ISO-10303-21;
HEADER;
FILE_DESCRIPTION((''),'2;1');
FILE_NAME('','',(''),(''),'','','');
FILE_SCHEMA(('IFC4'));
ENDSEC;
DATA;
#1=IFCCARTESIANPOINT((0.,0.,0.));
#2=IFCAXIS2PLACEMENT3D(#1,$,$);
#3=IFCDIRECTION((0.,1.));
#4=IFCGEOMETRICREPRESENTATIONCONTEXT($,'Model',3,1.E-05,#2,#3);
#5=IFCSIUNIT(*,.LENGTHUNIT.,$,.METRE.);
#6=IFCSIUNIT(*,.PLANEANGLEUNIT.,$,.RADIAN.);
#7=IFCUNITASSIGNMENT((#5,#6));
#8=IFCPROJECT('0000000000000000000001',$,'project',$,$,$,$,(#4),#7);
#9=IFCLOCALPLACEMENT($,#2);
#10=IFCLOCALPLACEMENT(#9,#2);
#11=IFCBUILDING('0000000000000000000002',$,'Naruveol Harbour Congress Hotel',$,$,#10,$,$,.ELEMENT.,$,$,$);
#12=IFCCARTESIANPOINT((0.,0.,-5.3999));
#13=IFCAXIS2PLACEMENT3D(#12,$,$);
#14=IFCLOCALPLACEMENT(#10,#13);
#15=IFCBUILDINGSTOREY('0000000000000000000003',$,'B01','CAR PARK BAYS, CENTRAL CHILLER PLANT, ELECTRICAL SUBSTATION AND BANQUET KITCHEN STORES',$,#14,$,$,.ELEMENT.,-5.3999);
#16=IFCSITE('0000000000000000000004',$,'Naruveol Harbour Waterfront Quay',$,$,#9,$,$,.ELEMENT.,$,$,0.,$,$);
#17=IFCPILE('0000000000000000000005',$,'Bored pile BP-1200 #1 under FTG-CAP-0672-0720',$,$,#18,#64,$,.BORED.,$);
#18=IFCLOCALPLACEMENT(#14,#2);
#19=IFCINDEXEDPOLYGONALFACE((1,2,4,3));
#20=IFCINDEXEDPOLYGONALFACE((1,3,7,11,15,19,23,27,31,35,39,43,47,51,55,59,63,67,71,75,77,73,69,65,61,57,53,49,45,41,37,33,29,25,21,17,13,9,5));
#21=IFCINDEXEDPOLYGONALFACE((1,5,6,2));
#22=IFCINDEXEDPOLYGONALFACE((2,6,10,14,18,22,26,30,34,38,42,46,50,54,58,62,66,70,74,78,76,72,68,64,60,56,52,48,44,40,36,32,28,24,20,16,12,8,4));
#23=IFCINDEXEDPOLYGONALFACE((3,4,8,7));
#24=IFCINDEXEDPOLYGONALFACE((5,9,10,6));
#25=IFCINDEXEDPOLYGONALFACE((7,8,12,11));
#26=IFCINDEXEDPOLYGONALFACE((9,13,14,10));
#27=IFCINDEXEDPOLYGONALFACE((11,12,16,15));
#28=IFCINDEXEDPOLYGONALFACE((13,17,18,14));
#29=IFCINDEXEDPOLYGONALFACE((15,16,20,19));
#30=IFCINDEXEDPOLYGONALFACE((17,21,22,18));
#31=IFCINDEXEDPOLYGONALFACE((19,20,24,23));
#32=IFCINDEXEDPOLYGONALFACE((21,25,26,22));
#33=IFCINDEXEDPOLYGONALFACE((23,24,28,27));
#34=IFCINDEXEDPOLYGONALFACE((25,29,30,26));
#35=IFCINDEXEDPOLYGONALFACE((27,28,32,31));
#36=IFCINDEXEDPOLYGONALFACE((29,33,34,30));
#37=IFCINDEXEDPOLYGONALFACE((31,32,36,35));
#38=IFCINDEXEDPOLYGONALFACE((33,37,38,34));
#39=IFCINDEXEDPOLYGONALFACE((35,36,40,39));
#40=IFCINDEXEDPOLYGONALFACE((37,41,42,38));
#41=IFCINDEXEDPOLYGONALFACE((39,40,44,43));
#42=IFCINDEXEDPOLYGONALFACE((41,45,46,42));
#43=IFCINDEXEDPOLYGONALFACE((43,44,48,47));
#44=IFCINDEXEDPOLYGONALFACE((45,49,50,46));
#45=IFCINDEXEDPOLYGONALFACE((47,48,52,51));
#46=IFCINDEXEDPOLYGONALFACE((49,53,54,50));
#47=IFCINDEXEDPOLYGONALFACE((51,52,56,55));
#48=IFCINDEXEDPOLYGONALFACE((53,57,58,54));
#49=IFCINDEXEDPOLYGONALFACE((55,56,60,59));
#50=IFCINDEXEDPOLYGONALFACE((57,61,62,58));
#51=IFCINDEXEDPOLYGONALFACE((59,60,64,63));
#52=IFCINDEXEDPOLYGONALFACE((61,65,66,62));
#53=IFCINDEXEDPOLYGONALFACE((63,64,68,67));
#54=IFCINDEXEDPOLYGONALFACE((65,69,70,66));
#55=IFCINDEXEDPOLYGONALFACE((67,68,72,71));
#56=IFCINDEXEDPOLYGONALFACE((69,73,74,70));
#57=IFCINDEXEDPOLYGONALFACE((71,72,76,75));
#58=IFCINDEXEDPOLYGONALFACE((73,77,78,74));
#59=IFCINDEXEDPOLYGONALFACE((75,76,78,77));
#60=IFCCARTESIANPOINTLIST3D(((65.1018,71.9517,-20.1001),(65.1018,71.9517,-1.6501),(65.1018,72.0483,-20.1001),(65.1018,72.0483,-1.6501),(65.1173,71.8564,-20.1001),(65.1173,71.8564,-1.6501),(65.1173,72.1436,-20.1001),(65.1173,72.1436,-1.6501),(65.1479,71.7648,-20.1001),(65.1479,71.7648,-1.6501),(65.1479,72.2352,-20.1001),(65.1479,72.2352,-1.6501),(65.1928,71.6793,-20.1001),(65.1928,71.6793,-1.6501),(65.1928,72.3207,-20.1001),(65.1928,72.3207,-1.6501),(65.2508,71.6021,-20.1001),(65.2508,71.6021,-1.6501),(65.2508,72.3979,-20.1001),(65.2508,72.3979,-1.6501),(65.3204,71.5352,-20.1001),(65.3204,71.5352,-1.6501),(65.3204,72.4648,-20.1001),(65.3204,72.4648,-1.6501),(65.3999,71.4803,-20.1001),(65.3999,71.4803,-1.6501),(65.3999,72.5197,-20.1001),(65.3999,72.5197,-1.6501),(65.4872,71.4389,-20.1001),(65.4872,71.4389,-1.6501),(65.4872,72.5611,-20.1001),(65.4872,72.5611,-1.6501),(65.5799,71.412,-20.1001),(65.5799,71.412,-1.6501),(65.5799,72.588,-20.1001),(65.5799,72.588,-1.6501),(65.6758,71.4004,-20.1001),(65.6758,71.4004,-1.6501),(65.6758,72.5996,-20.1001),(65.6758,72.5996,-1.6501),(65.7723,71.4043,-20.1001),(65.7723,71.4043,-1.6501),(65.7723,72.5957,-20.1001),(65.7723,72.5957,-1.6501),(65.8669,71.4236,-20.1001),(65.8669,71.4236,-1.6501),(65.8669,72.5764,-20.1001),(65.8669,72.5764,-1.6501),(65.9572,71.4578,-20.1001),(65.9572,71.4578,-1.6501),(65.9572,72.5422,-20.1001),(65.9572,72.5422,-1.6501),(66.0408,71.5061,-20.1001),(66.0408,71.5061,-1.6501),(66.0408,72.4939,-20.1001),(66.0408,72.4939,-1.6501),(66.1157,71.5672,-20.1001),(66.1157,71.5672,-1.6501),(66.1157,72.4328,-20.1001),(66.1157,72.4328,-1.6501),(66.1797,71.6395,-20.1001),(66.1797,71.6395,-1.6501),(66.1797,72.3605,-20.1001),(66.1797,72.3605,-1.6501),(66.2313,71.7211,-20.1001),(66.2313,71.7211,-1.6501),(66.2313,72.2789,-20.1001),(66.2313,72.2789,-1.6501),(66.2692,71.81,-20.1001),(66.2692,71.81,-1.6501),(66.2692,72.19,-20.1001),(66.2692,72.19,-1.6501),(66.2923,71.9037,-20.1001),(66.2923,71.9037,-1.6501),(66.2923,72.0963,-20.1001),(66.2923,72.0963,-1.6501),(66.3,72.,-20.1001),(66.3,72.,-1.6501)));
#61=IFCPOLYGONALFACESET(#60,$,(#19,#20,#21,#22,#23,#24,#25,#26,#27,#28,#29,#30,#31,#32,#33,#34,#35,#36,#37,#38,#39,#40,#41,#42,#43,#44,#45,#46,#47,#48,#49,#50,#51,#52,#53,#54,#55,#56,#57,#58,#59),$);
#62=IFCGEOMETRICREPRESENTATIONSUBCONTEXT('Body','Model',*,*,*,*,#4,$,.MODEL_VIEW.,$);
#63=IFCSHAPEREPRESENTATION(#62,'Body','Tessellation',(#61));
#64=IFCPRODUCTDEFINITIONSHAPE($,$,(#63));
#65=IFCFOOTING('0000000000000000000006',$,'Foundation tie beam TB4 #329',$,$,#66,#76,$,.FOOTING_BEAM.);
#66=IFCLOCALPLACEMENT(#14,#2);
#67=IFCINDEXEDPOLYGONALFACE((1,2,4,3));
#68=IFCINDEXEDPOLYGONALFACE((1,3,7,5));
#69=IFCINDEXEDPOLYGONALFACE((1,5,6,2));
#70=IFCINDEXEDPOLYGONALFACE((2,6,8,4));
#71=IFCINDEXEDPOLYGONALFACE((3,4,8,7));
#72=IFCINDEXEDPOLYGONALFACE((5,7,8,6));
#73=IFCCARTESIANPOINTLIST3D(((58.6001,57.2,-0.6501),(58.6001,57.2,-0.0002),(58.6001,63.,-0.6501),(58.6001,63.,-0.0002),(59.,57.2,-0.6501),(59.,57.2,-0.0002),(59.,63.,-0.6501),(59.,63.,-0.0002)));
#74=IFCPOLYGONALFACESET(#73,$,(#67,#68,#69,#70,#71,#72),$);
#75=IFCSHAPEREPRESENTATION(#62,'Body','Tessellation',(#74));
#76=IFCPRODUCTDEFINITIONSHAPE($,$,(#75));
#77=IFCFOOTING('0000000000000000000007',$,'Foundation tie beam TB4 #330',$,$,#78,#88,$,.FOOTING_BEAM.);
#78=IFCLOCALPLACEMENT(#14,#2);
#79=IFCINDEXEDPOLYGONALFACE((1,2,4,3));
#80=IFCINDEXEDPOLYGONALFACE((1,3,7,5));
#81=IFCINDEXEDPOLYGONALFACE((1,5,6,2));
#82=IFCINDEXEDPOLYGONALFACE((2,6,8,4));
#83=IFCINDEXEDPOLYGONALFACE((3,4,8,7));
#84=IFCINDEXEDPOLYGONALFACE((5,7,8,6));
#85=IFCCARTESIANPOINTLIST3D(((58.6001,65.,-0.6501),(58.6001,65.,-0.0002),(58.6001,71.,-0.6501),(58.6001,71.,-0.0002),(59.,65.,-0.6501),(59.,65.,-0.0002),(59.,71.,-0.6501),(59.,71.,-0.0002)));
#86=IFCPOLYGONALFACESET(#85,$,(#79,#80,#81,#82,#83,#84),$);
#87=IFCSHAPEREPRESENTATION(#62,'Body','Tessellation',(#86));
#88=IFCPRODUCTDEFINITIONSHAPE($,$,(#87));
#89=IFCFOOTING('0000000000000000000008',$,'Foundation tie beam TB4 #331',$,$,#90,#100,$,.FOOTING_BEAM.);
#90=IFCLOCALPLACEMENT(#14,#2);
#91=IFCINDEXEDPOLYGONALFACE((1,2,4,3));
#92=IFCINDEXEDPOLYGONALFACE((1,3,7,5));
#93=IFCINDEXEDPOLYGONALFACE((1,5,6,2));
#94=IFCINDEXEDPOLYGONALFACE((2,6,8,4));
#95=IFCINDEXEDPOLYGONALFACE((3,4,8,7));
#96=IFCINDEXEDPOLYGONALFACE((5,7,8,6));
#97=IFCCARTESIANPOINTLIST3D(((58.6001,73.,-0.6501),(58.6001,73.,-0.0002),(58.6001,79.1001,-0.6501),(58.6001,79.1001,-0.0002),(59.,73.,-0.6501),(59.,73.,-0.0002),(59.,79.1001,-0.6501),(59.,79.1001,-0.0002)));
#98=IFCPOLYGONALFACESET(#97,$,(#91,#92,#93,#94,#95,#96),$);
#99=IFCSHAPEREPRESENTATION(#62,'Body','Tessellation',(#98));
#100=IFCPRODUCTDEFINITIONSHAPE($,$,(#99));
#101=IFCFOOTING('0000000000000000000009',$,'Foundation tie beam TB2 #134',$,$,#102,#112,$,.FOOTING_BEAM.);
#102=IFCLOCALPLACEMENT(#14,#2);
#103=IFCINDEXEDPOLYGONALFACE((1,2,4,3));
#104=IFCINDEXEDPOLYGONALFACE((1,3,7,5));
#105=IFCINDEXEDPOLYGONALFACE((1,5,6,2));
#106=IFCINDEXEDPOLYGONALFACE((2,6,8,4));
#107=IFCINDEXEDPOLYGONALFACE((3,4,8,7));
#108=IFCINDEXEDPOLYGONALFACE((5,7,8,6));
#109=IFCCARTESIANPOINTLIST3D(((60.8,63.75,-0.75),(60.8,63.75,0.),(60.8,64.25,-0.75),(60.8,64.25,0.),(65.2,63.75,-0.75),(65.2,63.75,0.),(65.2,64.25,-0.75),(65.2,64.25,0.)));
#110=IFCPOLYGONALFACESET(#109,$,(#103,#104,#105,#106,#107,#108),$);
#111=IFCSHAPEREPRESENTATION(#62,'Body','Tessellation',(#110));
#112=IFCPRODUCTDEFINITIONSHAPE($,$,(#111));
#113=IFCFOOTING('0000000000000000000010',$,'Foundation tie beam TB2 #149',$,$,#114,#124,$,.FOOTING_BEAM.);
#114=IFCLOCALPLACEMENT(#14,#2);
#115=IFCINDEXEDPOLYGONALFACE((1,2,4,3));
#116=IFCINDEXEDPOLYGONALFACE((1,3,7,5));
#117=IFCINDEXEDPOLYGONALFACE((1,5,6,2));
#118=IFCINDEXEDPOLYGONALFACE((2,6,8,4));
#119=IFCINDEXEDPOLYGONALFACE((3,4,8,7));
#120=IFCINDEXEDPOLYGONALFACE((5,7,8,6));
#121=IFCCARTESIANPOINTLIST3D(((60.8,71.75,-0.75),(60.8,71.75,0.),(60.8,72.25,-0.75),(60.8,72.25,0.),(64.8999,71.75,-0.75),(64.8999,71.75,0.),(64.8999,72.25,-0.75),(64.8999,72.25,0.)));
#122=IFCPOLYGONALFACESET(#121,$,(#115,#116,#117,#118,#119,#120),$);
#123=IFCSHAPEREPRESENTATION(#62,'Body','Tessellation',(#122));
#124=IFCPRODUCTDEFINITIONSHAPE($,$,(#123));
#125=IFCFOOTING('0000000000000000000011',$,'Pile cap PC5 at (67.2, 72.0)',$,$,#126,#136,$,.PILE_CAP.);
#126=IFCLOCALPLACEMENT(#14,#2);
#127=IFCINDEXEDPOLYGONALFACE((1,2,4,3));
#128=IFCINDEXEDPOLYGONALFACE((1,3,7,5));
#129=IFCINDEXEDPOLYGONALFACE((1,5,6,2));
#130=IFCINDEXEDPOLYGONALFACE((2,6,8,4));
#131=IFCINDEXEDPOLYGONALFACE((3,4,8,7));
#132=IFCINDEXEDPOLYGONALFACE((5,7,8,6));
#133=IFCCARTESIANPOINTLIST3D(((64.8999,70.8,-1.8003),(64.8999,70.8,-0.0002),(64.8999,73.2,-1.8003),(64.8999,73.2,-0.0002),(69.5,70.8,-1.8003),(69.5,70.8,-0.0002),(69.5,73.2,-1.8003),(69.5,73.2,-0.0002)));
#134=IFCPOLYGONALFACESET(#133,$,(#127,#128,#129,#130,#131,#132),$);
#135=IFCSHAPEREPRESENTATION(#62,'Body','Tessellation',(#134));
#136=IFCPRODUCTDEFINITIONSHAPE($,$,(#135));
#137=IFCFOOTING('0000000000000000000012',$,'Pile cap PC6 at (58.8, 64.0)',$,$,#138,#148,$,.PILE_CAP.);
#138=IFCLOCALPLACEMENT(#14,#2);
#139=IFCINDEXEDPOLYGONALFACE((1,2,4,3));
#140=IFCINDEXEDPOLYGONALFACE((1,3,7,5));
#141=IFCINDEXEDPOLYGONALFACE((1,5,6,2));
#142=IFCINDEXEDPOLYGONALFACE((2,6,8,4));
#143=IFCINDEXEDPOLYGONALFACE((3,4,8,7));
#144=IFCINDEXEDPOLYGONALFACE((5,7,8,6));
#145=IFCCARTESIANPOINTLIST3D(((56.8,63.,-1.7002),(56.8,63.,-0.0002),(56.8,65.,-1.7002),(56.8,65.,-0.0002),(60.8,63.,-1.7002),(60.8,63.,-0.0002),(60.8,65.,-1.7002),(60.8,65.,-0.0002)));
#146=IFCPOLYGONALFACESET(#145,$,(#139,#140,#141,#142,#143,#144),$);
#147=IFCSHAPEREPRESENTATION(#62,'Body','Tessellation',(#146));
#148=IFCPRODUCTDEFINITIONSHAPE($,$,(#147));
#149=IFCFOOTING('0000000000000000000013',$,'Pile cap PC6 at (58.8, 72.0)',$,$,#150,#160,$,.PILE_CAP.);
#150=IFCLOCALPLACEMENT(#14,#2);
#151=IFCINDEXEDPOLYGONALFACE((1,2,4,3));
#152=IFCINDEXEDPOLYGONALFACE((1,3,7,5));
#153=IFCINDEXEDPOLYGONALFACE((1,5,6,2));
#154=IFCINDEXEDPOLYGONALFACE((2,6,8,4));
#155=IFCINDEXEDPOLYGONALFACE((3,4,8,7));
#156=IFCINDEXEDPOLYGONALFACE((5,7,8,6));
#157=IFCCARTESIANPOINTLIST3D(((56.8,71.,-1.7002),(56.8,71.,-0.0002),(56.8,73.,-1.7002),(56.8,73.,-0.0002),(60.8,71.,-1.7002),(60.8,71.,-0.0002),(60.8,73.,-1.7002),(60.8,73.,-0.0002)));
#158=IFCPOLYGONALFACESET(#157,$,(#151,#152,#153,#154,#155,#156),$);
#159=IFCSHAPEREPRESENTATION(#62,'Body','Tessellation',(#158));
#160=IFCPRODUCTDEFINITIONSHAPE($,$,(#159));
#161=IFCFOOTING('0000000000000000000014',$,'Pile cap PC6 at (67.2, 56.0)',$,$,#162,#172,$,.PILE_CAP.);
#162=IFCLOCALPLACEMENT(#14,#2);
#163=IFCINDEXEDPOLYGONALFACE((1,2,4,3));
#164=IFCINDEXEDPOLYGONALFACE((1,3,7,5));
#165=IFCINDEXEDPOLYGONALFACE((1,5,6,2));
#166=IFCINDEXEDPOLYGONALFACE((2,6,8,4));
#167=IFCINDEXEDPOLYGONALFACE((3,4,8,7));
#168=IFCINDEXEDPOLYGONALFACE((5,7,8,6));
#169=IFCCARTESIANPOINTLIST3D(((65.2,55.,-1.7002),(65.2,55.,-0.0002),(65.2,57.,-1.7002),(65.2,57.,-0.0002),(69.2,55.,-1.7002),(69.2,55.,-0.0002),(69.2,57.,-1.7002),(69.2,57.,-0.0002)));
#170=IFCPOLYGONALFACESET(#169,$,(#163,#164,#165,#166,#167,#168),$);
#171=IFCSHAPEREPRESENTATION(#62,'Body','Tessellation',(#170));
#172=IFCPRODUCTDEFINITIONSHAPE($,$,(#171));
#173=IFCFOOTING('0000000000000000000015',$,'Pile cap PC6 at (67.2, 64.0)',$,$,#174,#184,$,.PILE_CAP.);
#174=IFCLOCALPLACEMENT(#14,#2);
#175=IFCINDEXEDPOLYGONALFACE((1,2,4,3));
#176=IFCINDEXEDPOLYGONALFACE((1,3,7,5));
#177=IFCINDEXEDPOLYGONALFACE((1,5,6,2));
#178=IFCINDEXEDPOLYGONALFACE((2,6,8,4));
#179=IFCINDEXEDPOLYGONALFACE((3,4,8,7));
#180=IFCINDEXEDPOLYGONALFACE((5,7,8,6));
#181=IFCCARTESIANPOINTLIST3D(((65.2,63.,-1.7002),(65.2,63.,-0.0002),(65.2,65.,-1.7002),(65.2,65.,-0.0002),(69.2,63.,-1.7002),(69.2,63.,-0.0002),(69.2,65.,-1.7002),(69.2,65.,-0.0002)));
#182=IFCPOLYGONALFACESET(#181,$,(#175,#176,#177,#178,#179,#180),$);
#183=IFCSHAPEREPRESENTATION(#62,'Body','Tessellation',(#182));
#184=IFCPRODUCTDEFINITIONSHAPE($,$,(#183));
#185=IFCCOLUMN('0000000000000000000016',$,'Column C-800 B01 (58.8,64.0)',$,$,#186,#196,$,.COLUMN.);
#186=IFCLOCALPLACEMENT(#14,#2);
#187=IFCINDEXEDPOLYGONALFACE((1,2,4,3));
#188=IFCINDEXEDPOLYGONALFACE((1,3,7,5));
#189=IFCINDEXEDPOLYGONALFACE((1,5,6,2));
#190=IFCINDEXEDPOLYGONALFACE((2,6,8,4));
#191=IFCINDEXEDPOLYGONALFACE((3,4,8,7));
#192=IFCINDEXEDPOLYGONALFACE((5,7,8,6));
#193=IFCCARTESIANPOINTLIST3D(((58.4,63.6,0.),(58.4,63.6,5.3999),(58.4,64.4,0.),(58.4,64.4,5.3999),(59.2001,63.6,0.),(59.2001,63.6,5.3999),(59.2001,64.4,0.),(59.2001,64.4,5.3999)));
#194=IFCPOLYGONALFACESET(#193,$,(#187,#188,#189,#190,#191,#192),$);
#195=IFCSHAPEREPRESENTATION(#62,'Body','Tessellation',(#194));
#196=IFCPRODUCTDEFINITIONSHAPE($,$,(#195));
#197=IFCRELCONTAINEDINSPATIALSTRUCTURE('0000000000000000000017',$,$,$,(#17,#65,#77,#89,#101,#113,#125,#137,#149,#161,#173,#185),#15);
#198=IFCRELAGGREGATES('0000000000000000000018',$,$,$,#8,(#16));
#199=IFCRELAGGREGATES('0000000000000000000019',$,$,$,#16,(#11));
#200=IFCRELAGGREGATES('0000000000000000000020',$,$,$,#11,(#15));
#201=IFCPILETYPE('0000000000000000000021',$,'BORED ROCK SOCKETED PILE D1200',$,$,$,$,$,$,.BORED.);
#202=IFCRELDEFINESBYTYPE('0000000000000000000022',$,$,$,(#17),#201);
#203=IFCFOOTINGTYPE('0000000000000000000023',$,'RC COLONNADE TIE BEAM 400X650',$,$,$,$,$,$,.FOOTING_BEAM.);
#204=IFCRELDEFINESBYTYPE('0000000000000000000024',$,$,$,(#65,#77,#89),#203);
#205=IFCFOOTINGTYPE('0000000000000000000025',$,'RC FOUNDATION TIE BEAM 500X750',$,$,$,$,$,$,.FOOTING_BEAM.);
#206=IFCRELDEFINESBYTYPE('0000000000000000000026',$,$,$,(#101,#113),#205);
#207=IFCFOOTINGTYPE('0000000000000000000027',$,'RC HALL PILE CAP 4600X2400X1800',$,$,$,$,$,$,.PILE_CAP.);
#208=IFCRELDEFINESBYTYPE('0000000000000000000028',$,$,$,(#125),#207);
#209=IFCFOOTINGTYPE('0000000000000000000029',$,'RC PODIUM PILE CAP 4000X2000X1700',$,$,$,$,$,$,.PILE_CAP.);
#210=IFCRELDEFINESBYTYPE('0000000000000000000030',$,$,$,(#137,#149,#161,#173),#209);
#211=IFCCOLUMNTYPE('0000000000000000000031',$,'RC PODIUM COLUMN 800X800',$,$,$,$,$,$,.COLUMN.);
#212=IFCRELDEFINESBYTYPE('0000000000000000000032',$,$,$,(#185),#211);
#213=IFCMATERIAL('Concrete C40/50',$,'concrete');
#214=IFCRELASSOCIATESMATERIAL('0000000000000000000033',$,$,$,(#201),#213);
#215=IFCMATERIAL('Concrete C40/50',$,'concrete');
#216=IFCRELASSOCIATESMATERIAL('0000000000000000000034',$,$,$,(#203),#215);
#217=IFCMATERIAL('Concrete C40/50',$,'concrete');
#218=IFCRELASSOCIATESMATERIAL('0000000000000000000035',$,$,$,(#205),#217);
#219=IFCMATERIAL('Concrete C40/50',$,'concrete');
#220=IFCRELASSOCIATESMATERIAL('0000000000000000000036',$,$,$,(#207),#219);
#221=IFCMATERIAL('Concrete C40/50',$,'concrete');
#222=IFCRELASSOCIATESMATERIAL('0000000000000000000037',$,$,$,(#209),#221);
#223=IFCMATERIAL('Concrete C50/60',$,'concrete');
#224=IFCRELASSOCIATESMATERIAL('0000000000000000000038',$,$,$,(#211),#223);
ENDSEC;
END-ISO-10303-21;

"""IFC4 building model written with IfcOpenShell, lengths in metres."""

from ifc_helpers import new_model, si_unit, direction, frame, origin, origin_2d, place, context, subcontext, project, spatial, rectangle, circle, extrude, material, material_profile, profile_set, type_object, element, save


model = new_model("IFC4")

# Units and contexts
model_context = context("Model", 3, precision=1e-05, world=origin(), true_north=direction((0.0, 1.0)))
body_context = subcontext(model_context, "Body", "Model", "MODEL_VIEW")
ifc_project = project(units=[si_unit("LENGTHUNIT", "METRE"), si_unit("PLANEANGLEUNIT", "RADIAN")], contexts=[model_context])

# Site, building, storey
site_placement = place(None, origin())
site = spatial("IfcSite", under=ifc_project, at=site_placement, Name="Naruveol Harbour Waterfront Quay", CompositionType="ELEMENT", RefElevation=0.0)
building_placement = place(site_placement, origin())
building = spatial("IfcBuilding", under=site, at=building_placement, Name="Naruveol Harbour Congress Hotel", CompositionType="ELEMENT")
storey_placement = place(building_placement, frame((0.0, 0.0, -5.3999)))
storey = spatial("IfcBuildingStorey", under=building, at=storey_placement, Name="B01", Description="CAR PARK BAYS, CENTRAL CHILLER PLANT, ELECTRICAL SUBSTATION AND BANQUET KITCHEN STORES", CompositionType="ELEMENT", Elevation=-5.3999)

# Pile
ifc_material_1 = material(Name="Concrete C40/50", Category="concrete")
ifc_material_profile_1 = material_profile(ifc_material_1, circle(Radius=0.6001, at=origin_2d()), Name="BP-1200")
ifc_profile_set_1 = profile_set([ifc_material_profile_1], Name="Concrete C40/50")
pile_type_1 = type_object("IfcPileType", Name="BORED ROCK SOCKETED PILE D1200", PredefinedType="BORED", material=ifc_profile_set_1)
pile_placement = place(storey_placement, frame((65.7, 72.0, -1.6501), z_axis=(0.0, 0.0, -1.0), x_axis=(1.0, 0.0, 0.0)))
element("IfcPile", 1, at=pile_placement, inside=storey, type_object=pile_type_1, Name="Bored pile BP-1200 #1 under FTG-CAP-0672-0720", PredefinedType="BORED", context=body_context, shape_type="SweptSolid", body=[
    extrude(circle(Radius=0.6001, at=origin_2d()), origin(), (0.0, 0.0, 1.0), 18.45),
])

# Footings
ifc_material_2 = material(Name="Concrete C40/50", Category="concrete")
ifc_material_profile_2 = material_profile(ifc_material_2, rectangle(XDim=0.3999, YDim=0.6499, at=origin_2d()), Name="RCB-400x650")
ifc_profile_set_2 = profile_set([ifc_material_profile_2], Name="Concrete C40/50")
footing_type_1 = type_object("IfcFootingType", Name="RC COLONNADE TIE BEAM 400X650", PredefinedType="FOOTING_BEAM", material=ifc_profile_set_2)
footing_1_placement = place(storey_placement, frame((58.8, 57.2, -0.3252), z_axis=(0.0, 1.0, 0.0), x_axis=(-1.0, 0.0, 0.0)))
element("IfcFooting", 2, at=footing_1_placement, inside=storey, type_object=footing_type_1, Name="Foundation tie beam TB4 #329", PredefinedType="FOOTING_BEAM", context=body_context, shape_type="SweptSolid", body=[
    extrude(rectangle(XDim=0.3999, YDim=0.6499, at=origin_2d()), origin(), (0.0, 0.0, 1.0), 5.8),
])
footing_2_placement = place(storey_placement, frame((58.8, 65.0, -0.3252), z_axis=(0.0, 1.0, 0.0), x_axis=(-1.0, 0.0, 0.0)))
element("IfcFooting", 3, at=footing_2_placement, inside=storey, type_object=footing_type_1, Name="Foundation tie beam TB4 #330", PredefinedType="FOOTING_BEAM", context=body_context, shape_type="SweptSolid", body=[
    extrude(rectangle(XDim=0.3999, YDim=0.6499, at=origin_2d()), origin(), (0.0, 0.0, 1.0), 6.0),
])
footing_3_placement = place(storey_placement, frame((58.8, 73.0, -0.3252), z_axis=(0.0, 1.0, 0.0), x_axis=(-1.0, 0.0, 0.0)))
element("IfcFooting", 4, at=footing_3_placement, inside=storey, type_object=footing_type_1, Name="Foundation tie beam TB4 #331", PredefinedType="FOOTING_BEAM", context=body_context, shape_type="SweptSolid", body=[
    extrude(rectangle(XDim=0.3999, YDim=0.6499, at=origin_2d()), origin(), (0.0, 0.0, 1.0), 6.1001),
])
ifc_material_3 = material(Name="Concrete C40/50", Category="concrete")
ifc_material_profile_3 = material_profile(ifc_material_3, rectangle(XDim=0.5, YDim=0.75, at=origin_2d()), Name="RCB-500x750")
ifc_profile_set_3 = profile_set([ifc_material_profile_3], Name="Concrete C40/50")
footing_type_2 = type_object("IfcFootingType", Name="RC FOUNDATION TIE BEAM 500X750", PredefinedType="FOOTING_BEAM", material=ifc_profile_set_3)
footing_4_placement = place(storey_placement, frame((60.8, 64.0, -0.375), z_axis=(1.0, 0.0, 0.0), x_axis=(0.0, 1.0, 0.0)))
element("IfcFooting", 5, at=footing_4_placement, inside=storey, type_object=footing_type_2, Name="Foundation tie beam TB2 #134", PredefinedType="FOOTING_BEAM", context=body_context, shape_type="SweptSolid", body=[
    extrude(rectangle(XDim=0.5, YDim=0.75, at=origin_2d()), origin(), (0.0, 0.0, 1.0), 4.3999),
])
footing_5_placement = place(storey_placement, frame((60.8, 72.0, -0.375), z_axis=(1.0, 0.0, 0.0), x_axis=(0.0, 1.0, 0.0)))
element("IfcFooting", 6, at=footing_5_placement, inside=storey, type_object=footing_type_2, Name="Foundation tie beam TB2 #149", PredefinedType="FOOTING_BEAM", context=body_context, shape_type="SweptSolid", body=[
    extrude(rectangle(XDim=0.5, YDim=0.75, at=origin_2d()), origin(), (0.0, 0.0, 1.0), 4.0999),
])
ifc_material_4 = material(Name="Concrete C40/50", Category="concrete")
footing_type_3 = type_object("IfcFootingType", Name="RC HALL PILE CAP 4600X2400X1800", PredefinedType="PILE_CAP", material=ifc_material_4)
footing_6_placement = place(storey_placement, frame((67.2, 72.0, -1.8003), z_axis=(0.0, 0.0, 1.0), x_axis=(1.0, 0.0, 0.0)))
element("IfcFooting", 7, at=footing_6_placement, inside=storey, type_object=footing_type_3, Name="Pile cap PC5 at (67.2, 72.0)", PredefinedType="PILE_CAP", context=body_context, shape_type="SweptSolid", body=[
    extrude(rectangle(XDim=4.6001, YDim=2.3999, at=origin_2d()), origin(), (0.0, 0.0, 1.0), 1.8),
])
ifc_material_5 = material(Name="Concrete C40/50", Category="concrete")
footing_type_4 = type_object("IfcFootingType", Name="RC PODIUM PILE CAP 4000X2000X1700", PredefinedType="PILE_CAP", material=ifc_material_5)
for number, where, z_axis, x_axis, name in (
    (8, (58.8, 64.0, -1.7002), (0.0, 0.0, 1.0), (1.0, 0.0, 0.0), "Pile cap PC6 at (58.8, 64.0)"),
    (9, (58.8, 72.0, -1.7002), (0.0, 0.0, 1.0), (1.0, 0.0, 0.0), "Pile cap PC6 at (58.8, 72.0)"),
    (10, (67.2, 56.0, -1.7002), (0.0, 0.0, 1.0), (1.0, 0.0, 0.0), "Pile cap PC6 at (67.2, 56.0)"),
    (11, (67.2, 64.0, -1.7002), (0.0, 0.0, 1.0), (1.0, 0.0, 0.0), "Pile cap PC6 at (67.2, 64.0)"),
):
    element("IfcFooting", number, at=place(storey_placement, frame(where, z_axis=z_axis, x_axis=x_axis)), inside=storey, type_object=footing_type_4, Name=name, PredefinedType="PILE_CAP", context=body_context, shape_type="SweptSolid", body=[
        extrude(rectangle(XDim=4.0, YDim=2.0, at=origin_2d()), origin(), (0.0, 0.0, 1.0), 1.7),
    ])

# Column
ifc_material_6 = material(Name="Concrete C50/60", Category="concrete")
ifc_material_profile_4 = material_profile(ifc_material_6, rectangle(XDim=0.8, YDim=0.8, at=origin_2d()), Name="RC-800x800")
ifc_profile_set_4 = profile_set([ifc_material_profile_4], Name="Concrete C50/60")
column_type_1 = type_object("IfcColumnType", Name="RC PODIUM COLUMN 800X800", PredefinedType="COLUMN", material=ifc_profile_set_4)
for number, where, z_axis, x_axis, name in (
    (12, (58.8, 64.0, 0.0), (0.0, 0.0, 1.0), (1.0, 0.0, 0.0), "Column C-800 B01 (58.8,64.0)"),
):
    element("IfcColumn", number, at=place(storey_placement, frame(where, z_axis=z_axis, x_axis=x_axis)), inside=storey, type_object=column_type_1, Name=name, PredefinedType="COLUMN", context=body_context, shape_type="SweptSolid", body=[
        extrude(rectangle(XDim=0.8, YDim=0.8, at=origin_2d()), origin(), (0.0, 0.0, 1.0), 5.3999),
    ])

save(model, "model.ifc")
